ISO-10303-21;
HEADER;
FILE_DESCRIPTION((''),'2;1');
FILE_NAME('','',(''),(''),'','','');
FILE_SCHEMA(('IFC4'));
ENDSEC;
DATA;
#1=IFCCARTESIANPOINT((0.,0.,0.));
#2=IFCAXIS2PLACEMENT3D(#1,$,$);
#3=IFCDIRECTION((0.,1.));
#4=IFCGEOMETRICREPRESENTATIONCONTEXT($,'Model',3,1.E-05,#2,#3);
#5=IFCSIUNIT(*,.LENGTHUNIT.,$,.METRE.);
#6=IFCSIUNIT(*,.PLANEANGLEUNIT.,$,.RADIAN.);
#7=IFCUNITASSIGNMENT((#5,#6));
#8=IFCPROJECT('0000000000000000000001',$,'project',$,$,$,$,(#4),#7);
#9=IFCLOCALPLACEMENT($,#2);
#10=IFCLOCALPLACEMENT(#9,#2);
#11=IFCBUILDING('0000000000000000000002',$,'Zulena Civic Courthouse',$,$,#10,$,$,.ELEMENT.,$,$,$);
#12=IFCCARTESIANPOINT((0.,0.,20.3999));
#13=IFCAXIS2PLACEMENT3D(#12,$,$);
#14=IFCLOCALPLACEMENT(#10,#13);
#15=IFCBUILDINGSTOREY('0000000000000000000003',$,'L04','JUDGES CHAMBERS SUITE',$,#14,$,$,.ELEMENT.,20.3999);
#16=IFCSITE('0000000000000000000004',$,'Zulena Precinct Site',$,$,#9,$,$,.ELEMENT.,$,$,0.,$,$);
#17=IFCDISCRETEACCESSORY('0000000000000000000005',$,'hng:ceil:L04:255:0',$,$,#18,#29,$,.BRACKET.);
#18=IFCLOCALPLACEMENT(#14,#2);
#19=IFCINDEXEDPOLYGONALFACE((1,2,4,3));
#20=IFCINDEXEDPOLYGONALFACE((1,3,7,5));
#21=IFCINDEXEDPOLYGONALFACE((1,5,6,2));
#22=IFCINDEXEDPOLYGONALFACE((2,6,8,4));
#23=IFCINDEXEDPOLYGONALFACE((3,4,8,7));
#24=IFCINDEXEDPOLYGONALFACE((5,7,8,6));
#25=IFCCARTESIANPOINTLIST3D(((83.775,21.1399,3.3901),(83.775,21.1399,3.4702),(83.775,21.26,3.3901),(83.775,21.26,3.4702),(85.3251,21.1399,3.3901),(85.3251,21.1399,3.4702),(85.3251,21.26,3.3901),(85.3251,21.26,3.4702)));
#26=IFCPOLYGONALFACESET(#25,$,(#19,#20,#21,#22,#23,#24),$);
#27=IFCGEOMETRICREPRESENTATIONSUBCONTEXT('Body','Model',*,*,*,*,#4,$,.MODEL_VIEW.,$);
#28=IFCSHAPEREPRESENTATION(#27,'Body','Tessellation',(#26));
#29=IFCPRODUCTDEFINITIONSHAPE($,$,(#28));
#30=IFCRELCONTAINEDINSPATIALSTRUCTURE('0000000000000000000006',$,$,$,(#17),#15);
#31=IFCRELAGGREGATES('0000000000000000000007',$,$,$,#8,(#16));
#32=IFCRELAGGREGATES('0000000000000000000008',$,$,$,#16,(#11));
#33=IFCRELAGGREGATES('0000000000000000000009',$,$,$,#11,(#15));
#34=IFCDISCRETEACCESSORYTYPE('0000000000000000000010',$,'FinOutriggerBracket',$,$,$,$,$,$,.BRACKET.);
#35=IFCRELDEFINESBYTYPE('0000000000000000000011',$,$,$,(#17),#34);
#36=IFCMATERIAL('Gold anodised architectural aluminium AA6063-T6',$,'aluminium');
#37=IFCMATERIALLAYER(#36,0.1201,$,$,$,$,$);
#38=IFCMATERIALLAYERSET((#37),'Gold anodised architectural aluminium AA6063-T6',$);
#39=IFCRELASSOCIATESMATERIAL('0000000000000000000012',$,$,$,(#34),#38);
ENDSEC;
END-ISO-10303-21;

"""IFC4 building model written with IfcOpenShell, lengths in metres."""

from ifc_helpers import new_model, si_unit, direction, frame, origin, origin_2d, place, context, subcontext, project, spatial, rectangle, extrude, material, layer, layer_set, type_object, element, save


model = new_model("IFC4")

# Units and contexts
model_context = context("Model", 3, precision=1e-05, world=origin(), true_north=direction((0.0, 1.0)))
body_context = subcontext(model_context, "Body", "Model", "MODEL_VIEW")
ifc_project = project(units=[si_unit("LENGTHUNIT", "METRE"), si_unit("PLANEANGLEUNIT", "RADIAN")], contexts=[model_context])

# Site, building, storey
site_placement = place(None, origin())
site = spatial("IfcSite", under=ifc_project, at=site_placement, Name="Zulena Precinct Site", CompositionType="ELEMENT", RefElevation=0.0)
building_placement = place(site_placement, origin())
building = spatial("IfcBuilding", under=site, at=building_placement, Name="Zulena Civic Courthouse", CompositionType="ELEMENT")
storey_placement = place(building_placement, frame((0.0, 0.0, 20.3999)))
storey = spatial("IfcBuildingStorey", under=building, at=storey_placement, Name="L04", Description="JUDGES CHAMBERS SUITE", CompositionType="ELEMENT", Elevation=20.3999)

# Shared definitions
ifc_material_1 = material(Name="Gold anodised architectural aluminium AA6063-T6", Category="aluminium")

# Discrete accessory
ifc_layer_1 = layer(ifc_material_1, 0.1201)
ifc_layer_set_1 = layer_set([ifc_layer_1], Name="Gold anodised architectural aluminium AA6063-T6")
discrete_accessory_type = type_object("IfcDiscreteAccessoryType", Name="FinOutriggerBracket", PredefinedType="BRACKET", material=ifc_layer_set_1)
discrete_accessory_placement = place(storey_placement, frame((84.55, 21.2, 3.3901), z_axis=(0.0, 0.0, 1.0), x_axis=(1.0, 0.0, 0.0)))
element("IfcDiscreteAccessory", 1, at=discrete_accessory_placement, inside=storey, type_object=discrete_accessory_type, Name="hng:ceil:L04:255:0", PredefinedType="BRACKET", context=body_context, shape_type="SweptSolid", body=[
    extrude(rectangle(XDim=1.55, YDim=0.1201, at=origin_2d()), origin(), (0.0, 0.0, 1.0), 0.0801),
])

save(model, "model.ifc")
